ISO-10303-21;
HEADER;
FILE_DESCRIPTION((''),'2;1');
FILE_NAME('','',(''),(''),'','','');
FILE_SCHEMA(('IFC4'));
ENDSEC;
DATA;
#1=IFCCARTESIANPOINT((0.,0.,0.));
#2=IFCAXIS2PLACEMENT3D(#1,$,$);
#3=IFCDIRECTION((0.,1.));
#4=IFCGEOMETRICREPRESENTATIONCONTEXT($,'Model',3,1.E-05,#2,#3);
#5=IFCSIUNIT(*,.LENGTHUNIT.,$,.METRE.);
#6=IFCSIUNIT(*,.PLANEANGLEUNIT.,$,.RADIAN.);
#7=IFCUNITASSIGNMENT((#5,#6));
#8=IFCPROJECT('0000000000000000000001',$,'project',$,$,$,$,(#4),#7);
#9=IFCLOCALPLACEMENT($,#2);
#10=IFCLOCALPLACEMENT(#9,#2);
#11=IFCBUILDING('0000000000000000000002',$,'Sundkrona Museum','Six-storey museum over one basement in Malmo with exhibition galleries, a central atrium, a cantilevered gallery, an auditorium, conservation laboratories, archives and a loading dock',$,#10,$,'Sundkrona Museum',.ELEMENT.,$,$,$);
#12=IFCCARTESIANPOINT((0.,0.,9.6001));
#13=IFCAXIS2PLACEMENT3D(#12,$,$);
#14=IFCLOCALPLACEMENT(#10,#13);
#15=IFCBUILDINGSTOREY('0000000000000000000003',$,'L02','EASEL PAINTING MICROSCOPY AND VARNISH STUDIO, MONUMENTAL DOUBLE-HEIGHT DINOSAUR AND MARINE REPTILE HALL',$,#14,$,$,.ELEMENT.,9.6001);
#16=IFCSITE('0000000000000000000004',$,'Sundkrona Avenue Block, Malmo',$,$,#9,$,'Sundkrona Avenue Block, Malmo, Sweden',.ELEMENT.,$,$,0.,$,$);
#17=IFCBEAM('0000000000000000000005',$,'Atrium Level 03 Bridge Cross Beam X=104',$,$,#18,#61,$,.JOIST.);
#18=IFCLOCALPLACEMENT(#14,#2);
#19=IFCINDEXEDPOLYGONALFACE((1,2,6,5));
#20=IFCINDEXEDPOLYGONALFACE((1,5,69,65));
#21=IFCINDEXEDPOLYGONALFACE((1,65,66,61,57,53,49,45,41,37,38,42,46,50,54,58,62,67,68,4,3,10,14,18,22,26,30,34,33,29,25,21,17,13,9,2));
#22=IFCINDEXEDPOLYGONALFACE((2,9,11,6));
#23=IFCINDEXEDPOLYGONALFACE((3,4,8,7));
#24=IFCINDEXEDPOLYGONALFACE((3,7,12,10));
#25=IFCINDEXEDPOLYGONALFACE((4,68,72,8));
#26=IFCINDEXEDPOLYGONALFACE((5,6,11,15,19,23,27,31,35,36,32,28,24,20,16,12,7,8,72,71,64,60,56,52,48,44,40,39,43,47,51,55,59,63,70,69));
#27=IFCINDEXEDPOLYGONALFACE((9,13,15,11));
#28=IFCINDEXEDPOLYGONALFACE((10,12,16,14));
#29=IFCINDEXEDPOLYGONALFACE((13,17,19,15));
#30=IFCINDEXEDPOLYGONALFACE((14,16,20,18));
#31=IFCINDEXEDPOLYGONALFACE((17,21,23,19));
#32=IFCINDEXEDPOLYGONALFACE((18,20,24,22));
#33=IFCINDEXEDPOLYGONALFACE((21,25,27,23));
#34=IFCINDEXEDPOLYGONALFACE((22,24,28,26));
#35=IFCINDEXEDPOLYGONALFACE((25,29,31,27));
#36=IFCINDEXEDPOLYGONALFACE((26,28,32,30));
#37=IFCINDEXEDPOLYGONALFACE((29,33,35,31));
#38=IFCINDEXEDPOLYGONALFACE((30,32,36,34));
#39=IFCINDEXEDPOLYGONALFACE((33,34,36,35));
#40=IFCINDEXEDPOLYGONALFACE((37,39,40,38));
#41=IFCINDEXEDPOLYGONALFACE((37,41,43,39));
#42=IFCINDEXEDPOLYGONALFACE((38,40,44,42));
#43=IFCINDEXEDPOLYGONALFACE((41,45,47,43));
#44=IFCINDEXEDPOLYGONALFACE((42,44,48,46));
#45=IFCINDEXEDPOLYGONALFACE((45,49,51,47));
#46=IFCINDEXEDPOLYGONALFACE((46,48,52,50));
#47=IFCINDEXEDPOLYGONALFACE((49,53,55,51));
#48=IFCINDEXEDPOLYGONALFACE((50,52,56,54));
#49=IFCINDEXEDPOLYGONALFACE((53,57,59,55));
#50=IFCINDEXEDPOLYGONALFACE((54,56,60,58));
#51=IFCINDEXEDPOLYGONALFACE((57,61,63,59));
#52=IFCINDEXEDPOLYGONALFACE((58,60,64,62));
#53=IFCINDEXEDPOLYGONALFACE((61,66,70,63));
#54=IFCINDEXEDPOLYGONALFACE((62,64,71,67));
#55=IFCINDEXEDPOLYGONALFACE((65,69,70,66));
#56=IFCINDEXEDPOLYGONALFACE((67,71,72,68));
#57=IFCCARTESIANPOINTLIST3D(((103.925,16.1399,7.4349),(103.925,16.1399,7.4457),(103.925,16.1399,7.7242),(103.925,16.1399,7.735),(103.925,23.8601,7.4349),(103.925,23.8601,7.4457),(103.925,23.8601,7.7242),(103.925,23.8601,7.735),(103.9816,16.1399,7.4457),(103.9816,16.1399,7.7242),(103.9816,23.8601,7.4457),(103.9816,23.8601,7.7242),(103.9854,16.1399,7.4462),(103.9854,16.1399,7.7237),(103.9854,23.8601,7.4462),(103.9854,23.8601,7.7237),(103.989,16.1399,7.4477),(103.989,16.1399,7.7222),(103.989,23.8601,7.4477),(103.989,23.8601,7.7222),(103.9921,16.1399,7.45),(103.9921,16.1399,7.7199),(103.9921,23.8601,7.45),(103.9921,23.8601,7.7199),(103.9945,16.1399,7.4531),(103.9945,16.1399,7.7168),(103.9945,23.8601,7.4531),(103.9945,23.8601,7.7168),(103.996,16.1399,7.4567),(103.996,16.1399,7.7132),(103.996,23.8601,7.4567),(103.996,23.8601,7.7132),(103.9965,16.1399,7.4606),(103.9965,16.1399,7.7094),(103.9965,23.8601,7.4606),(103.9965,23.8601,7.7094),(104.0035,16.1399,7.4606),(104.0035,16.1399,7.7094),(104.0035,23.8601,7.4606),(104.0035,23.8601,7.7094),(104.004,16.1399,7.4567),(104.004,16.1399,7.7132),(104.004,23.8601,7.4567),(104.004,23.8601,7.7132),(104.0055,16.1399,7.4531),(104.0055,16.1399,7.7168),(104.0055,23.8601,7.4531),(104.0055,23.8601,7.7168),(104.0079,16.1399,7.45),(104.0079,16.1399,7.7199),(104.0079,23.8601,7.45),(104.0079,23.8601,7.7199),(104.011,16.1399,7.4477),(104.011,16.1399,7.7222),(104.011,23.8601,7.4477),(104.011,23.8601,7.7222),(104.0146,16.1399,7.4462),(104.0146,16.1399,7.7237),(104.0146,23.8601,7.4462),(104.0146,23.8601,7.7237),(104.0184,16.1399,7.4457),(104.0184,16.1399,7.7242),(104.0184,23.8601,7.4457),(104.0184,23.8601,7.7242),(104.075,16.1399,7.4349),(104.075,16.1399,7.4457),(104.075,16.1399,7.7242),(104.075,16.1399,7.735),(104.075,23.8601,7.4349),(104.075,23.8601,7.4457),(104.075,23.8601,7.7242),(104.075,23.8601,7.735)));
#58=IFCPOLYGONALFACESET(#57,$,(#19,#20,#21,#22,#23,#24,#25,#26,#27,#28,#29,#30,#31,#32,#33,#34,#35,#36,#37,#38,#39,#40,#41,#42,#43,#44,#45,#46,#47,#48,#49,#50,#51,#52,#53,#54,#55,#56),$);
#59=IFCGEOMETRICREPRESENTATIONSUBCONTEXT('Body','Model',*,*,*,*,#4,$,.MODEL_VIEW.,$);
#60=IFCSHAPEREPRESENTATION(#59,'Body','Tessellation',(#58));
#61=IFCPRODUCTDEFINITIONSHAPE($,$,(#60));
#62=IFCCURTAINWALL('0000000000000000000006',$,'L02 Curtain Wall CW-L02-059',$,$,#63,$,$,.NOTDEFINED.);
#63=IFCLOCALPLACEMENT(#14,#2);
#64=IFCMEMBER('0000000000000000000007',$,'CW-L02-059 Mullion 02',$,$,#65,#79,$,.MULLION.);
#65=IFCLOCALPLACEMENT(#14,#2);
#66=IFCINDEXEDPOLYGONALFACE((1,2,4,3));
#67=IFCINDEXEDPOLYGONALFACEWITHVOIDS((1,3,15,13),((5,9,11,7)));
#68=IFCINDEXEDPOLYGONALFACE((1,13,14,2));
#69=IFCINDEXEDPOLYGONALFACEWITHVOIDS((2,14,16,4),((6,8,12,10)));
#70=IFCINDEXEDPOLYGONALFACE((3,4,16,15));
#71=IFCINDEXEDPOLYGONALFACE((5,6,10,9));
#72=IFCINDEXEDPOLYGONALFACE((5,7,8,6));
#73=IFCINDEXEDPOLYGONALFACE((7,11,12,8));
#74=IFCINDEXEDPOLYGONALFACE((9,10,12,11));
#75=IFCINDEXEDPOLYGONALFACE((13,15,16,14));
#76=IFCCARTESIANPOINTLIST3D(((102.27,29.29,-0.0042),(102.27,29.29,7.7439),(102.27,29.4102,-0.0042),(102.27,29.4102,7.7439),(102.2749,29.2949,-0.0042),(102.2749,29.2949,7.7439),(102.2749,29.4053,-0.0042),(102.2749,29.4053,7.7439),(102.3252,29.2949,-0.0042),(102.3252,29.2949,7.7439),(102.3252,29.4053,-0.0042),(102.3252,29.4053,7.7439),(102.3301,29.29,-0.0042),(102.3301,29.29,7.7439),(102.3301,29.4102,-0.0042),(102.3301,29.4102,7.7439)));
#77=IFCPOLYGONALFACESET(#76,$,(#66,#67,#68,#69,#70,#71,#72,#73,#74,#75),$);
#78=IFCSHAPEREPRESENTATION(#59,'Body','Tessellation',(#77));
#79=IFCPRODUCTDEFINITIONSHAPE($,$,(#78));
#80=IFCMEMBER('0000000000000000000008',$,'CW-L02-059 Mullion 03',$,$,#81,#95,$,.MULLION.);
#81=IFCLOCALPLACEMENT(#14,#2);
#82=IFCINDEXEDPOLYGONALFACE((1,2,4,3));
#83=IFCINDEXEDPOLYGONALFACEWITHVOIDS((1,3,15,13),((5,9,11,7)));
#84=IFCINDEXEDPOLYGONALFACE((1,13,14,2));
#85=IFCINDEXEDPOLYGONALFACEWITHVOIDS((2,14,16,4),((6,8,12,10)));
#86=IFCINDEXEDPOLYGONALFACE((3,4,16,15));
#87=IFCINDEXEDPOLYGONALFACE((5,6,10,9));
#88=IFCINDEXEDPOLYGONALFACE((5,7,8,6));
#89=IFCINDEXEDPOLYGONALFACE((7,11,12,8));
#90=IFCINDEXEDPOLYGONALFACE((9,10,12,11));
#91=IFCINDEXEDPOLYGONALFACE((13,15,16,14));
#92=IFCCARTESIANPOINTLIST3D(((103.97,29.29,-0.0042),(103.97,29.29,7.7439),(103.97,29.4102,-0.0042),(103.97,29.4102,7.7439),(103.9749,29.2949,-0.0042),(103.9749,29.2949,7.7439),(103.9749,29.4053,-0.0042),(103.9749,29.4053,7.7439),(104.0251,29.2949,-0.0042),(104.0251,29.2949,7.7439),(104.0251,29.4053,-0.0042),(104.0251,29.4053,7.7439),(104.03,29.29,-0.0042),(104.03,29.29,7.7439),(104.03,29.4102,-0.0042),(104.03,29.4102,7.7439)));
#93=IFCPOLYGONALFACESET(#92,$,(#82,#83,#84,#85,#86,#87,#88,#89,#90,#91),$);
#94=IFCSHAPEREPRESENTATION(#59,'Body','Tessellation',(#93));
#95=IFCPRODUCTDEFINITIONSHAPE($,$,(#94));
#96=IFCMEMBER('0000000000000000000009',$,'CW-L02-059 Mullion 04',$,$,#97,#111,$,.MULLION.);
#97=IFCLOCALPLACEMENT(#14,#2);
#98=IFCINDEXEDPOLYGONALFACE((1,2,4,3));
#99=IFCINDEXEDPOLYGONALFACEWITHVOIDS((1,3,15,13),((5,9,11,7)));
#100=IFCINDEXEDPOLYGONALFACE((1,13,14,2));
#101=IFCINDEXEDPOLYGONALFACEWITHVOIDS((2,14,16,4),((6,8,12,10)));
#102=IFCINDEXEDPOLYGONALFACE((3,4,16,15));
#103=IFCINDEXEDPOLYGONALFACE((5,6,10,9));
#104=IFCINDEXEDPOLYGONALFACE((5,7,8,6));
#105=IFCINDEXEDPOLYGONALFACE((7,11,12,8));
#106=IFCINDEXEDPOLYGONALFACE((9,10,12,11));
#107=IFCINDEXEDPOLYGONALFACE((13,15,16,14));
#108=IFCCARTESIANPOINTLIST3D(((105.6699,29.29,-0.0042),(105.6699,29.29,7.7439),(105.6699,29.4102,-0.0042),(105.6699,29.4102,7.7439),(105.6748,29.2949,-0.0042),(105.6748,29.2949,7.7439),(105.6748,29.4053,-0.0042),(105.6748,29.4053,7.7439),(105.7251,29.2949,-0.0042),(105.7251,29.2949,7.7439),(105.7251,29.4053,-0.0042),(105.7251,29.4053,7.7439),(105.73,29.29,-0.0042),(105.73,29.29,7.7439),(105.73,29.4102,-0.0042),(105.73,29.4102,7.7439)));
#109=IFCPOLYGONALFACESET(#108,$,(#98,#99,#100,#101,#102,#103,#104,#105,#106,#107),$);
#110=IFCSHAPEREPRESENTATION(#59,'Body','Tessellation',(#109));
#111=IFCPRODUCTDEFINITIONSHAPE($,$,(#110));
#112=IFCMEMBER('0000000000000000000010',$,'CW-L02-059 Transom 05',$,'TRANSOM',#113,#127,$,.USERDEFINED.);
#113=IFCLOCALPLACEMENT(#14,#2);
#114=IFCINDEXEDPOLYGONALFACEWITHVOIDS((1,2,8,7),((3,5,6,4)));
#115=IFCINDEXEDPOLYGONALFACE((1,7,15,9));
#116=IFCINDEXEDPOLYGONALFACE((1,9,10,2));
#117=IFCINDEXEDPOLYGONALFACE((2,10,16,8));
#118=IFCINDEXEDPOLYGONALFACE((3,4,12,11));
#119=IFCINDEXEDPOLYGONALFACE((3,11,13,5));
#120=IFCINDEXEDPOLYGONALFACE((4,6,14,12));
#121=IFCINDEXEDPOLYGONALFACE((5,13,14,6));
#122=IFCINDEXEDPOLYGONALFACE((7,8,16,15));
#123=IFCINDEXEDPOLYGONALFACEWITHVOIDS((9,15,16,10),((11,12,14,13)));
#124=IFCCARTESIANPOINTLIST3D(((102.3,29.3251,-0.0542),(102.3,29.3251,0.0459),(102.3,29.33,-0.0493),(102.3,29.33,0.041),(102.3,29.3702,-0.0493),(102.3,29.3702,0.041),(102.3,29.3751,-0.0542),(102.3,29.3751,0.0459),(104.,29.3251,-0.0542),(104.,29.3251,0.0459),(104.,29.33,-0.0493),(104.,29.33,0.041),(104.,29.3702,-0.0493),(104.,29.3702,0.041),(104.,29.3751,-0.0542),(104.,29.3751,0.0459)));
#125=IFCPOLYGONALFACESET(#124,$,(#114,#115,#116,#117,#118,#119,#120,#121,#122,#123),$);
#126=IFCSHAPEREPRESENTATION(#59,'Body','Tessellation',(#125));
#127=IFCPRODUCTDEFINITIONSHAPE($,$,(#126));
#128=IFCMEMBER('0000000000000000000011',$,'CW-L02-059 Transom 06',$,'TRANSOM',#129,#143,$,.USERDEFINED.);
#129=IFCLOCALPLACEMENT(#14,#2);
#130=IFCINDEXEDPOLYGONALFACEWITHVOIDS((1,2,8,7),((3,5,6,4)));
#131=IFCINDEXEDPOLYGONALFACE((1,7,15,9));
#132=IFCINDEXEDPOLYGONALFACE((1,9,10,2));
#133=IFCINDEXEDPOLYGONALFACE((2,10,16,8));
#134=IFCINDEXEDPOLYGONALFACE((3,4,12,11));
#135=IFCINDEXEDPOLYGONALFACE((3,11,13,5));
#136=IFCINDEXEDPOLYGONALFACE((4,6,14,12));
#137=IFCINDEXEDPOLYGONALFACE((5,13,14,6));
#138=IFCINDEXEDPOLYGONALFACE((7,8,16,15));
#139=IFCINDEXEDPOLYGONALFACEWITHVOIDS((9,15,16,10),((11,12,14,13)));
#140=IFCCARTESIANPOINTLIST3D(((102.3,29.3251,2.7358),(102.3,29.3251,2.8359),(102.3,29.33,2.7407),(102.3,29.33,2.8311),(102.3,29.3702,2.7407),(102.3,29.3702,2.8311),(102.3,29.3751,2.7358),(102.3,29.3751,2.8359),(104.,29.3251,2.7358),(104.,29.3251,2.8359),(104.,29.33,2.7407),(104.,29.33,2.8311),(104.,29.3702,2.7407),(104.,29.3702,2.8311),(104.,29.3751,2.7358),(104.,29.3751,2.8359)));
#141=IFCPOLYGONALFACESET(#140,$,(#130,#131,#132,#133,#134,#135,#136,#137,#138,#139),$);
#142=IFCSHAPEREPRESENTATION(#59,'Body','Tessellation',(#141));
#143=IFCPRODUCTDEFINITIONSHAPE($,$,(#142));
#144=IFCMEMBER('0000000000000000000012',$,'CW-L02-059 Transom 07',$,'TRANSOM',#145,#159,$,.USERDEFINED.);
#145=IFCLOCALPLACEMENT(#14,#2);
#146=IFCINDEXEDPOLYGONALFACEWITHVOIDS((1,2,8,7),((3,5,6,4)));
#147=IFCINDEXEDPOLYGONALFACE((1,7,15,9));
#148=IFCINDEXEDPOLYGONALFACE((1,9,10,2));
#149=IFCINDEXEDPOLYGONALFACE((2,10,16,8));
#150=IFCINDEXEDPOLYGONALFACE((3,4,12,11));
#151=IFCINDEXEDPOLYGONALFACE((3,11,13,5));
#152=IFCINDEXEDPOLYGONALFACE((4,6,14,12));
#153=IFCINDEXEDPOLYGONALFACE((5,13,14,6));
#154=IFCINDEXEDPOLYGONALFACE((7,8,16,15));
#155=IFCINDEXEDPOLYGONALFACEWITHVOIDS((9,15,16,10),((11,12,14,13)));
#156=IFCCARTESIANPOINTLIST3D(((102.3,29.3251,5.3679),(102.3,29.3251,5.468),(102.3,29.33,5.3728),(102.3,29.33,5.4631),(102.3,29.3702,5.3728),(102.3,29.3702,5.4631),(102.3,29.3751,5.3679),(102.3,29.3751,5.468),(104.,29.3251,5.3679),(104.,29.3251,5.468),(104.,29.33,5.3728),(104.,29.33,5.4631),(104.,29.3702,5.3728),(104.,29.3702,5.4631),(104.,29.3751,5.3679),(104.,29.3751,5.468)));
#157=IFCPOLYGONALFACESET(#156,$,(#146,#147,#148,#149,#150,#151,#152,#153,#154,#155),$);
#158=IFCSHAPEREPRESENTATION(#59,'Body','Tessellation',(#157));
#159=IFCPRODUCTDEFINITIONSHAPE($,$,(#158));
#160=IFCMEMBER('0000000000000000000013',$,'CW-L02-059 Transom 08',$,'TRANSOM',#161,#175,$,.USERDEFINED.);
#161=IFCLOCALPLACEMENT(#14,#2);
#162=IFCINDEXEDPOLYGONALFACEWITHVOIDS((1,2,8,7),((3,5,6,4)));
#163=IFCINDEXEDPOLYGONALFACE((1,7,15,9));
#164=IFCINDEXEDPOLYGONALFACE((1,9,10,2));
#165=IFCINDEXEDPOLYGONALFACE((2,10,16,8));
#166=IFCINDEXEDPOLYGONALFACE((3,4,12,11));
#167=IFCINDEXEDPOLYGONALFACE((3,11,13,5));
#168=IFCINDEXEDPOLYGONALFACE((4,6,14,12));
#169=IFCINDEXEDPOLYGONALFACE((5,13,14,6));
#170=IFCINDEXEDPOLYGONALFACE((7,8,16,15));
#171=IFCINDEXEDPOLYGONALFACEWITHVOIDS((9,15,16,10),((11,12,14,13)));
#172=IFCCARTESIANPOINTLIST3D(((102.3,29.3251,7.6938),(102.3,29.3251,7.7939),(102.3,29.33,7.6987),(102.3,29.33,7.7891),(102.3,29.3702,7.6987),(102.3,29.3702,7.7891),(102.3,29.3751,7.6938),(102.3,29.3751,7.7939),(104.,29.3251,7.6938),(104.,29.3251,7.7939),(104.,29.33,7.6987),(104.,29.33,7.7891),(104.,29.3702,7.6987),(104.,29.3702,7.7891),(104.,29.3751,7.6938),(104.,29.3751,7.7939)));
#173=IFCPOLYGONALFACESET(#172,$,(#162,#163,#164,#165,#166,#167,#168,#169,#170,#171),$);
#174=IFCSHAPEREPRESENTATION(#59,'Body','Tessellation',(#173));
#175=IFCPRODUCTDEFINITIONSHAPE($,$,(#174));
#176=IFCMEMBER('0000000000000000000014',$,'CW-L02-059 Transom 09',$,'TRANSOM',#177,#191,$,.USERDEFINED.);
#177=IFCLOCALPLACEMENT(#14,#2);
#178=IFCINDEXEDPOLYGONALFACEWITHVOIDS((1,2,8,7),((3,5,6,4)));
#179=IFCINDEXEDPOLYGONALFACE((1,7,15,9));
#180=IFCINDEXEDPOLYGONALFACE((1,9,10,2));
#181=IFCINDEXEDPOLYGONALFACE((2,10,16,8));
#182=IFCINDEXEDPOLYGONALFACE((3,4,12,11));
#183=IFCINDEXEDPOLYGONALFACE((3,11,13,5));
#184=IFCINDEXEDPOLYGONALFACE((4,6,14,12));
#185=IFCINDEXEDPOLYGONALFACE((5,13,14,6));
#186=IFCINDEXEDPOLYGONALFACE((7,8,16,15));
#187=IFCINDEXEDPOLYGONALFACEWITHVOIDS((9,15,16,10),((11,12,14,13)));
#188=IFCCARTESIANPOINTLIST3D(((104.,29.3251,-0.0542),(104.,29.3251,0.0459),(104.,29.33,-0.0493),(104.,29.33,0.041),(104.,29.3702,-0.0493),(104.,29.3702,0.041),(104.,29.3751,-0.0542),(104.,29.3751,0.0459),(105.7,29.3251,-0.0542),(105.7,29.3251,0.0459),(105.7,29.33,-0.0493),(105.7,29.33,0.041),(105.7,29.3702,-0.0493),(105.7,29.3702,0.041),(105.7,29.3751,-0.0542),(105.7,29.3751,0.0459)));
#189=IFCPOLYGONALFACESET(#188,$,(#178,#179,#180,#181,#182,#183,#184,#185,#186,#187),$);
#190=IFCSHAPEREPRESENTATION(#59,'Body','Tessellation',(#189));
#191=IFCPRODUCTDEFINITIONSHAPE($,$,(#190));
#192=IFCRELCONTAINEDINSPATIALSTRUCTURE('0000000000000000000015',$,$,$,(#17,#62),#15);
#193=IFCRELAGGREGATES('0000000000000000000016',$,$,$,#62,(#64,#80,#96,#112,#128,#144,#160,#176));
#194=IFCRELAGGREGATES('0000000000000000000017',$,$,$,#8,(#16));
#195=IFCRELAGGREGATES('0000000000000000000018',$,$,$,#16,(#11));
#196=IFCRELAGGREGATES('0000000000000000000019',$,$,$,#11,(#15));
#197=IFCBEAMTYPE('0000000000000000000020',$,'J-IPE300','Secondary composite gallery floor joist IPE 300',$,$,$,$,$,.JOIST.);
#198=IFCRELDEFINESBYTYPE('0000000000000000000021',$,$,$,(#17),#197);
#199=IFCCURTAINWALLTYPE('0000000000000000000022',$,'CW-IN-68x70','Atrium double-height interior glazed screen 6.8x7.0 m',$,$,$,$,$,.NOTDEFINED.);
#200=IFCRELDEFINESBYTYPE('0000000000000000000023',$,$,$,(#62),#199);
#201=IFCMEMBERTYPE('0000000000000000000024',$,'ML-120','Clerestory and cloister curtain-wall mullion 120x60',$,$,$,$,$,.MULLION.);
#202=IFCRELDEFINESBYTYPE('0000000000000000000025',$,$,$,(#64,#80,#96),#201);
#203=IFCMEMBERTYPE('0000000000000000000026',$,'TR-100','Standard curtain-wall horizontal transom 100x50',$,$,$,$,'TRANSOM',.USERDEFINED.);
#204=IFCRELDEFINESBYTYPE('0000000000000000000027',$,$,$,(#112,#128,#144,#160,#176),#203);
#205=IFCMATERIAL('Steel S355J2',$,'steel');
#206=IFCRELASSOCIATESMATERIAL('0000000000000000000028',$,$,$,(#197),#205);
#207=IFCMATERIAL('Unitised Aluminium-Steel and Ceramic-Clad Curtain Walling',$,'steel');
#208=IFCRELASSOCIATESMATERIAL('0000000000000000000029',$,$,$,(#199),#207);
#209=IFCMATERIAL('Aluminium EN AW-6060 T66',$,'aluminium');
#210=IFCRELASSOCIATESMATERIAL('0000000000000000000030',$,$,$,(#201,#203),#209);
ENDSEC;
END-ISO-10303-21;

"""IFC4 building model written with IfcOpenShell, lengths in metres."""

from ifc_helpers import new_model, si_unit, direction, frame, origin, origin_2d, place, context, subcontext, project, spatial, hollow_rectangle, i_section, extrude, material, material_profile, profile_set, type_object, element, aggregate, save


model = new_model("IFC4")

# Units and contexts
model_context = context("Model", 3, precision=1e-05, world=origin(), true_north=direction((0.0, 1.0)))
body_context = subcontext(model_context, "Body", "Model", "MODEL_VIEW")
ifc_project = project(units=[si_unit("LENGTHUNIT", "METRE"), si_unit("PLANEANGLEUNIT", "RADIAN")], contexts=[model_context])

# Site, building, storey
site_placement = place(None, origin())
site = spatial("IfcSite", under=ifc_project, at=site_placement, Name="Sundkrona Avenue Block, Malmo", LongName="Sundkrona Avenue Block, Malmo, Sweden", CompositionType="ELEMENT", RefElevation=0.0)
building_placement = place(site_placement, origin())
building = spatial("IfcBuilding", under=site, at=building_placement, Name="Sundkrona Museum", Description="Six-storey museum over one basement in Malmo with exhibition galleries, a central atrium, a cantilevered gallery, an auditorium, conservation laboratories, archives and a loading dock", LongName="Sundkrona Museum", CompositionType="ELEMENT")
storey_placement = place(building_placement, frame((0.0, 0.0, 9.6001)))
storey = spatial("IfcBuildingStorey", under=building, at=storey_placement, Name="L02", Description="EASEL PAINTING MICROSCOPY AND VARNISH STUDIO, MONUMENTAL DOUBLE-HEIGHT DINOSAUR AND MARINE REPTILE HALL", CompositionType="ELEMENT", Elevation=9.6001)

# Beam
ifc_material_1 = material(Name="Steel S355J2", Category="steel")
ifc_material_profile_1 = material_profile(ifc_material_1, i_section(OverallWidth=0.1499, OverallDepth=0.3, WebThickness=0.0071, FlangeThickness=0.0107, FilletRadius=0.0149, at=origin_2d()), Name="IPE 300")
ifc_profile_set_1 = profile_set([ifc_material_profile_1], Name="Steel S355J2")
beam_type = type_object("IfcBeamType", Name="J-IPE300", Description="Secondary composite gallery floor joist IPE 300", PredefinedType="JOIST", material=ifc_profile_set_1)
beam_placement = place(storey_placement, frame((104.0, 16.1399, 7.585), z_axis=(0.0, 1.0, 0.0), x_axis=(-1.0, 0.0, 0.0)))
element("IfcBeam", 1, at=beam_placement, inside=storey, type_object=beam_type, Name="Atrium Level 03 Bridge Cross Beam X=104", PredefinedType="JOIST", context=body_context, shape_type="SweptSolid", body=[
    extrude(i_section(OverallWidth=0.1499, OverallDepth=0.3, WebThickness=0.0071, FlangeThickness=0.0107, FilletRadius=0.0149, at=origin_2d()), origin(), (0.0, 0.0, 1.0), 7.7202),
])

# Curtain wall, members
ifc_material_2 = material(Name="Unitised Aluminium-Steel and Ceramic-Clad Curtain Walling", Category="steel")
curtain_wall_type = type_object("IfcCurtainWallType", Name="CW-IN-68x70", Description="Atrium double-height interior glazed screen 6.8x7.0 m", PredefinedType="NOTDEFINED", material=ifc_material_2)
curtain_wall_placement = place(storey_placement, origin())
curtain_wall = element("IfcCurtainWall", 2, at=curtain_wall_placement, inside=storey, type_object=curtain_wall_type, Name="L02 Curtain Wall CW-L02-059", PredefinedType="NOTDEFINED")
ifc_material_3 = material(Name="Aluminium EN AW-6060 T66", Category="aluminium")
ifc_material_profile_2 = material_profile(ifc_material_3, hollow_rectangle(XDim=0.0601, YDim=0.1201, WallThickness=0.0049, at=origin_2d()), Name="RHS 120x60x5.0")
ifc_profile_set_2 = profile_set([ifc_material_profile_2], Name="Aluminium EN AW-6060 T66")
member_type_1 = type_object("IfcMemberType", Name="ML-120", Description="Clerestory and cloister curtain-wall mullion 120x60", PredefinedType="MULLION", material=ifc_profile_set_2)
member_1_placement = place(storey_placement, frame((102.3, 29.3501, -0.0042), z_axis=(0.0, 0.0, 1.0), x_axis=(1.0, 0.0, 0.0)))
member_1 = element("IfcMember", 3, at=member_1_placement, type_object=member_type_1, Name="CW-L02-059 Mullion 02", PredefinedType="MULLION", context=body_context, shape_type="SweptSolid", body=[
    extrude(hollow_rectangle(XDim=0.0601, YDim=0.1201, WallThickness=0.0049, at=origin_2d()), origin(), (0.0, 0.0, 1.0), 7.748),
])
member_2_placement = place(storey_placement, frame((104.0, 29.3501, -0.0042), z_axis=(0.0, 0.0, 1.0), x_axis=(1.0, 0.0, 0.0)))
member_2 = element("IfcMember", 4, at=member_2_placement, type_object=member_type_1, Name="CW-L02-059 Mullion 03", PredefinedType="MULLION", context=body_context, shape_type="SweptSolid", body=[
    extrude(hollow_rectangle(XDim=0.0601, YDim=0.1201, WallThickness=0.0049, at=origin_2d()), origin(), (0.0, 0.0, 1.0), 7.748),
])
member_3_placement = place(storey_placement, frame((105.7, 29.3501, -0.0042), z_axis=(0.0, 0.0, 1.0), x_axis=(1.0, 0.0, 0.0)))
member_3 = element("IfcMember", 5, at=member_3_placement, type_object=member_type_1, Name="CW-L02-059 Mullion 04", PredefinedType="MULLION", context=body_context, shape_type="SweptSolid", body=[
    extrude(hollow_rectangle(XDim=0.0601, YDim=0.1201, WallThickness=0.0049, at=origin_2d()), origin(), (0.0, 0.0, 1.0), 7.748),
])
ifc_material_profile_3 = material_profile(ifc_material_3, hollow_rectangle(XDim=0.05, YDim=0.1001, WallThickness=0.0049, at=origin_2d()), Name="RHS 100x50x5.0")
ifc_profile_set_3 = profile_set([ifc_material_profile_3], Name="Aluminium EN AW-6060 T66")
member_type_2 = type_object("IfcMemberType", Name="TR-100", Description="Standard curtain-wall horizontal transom 100x50", ElementType="TRANSOM", PredefinedType="USERDEFINED", material=ifc_profile_set_3)
member_4_placement = place(storey_placement, frame((102.3, 29.3501, -0.0042), z_axis=(1.0, 0.0, 0.0), x_axis=(0.0, 1.0, 0.0)))
member_4 = element("IfcMember", 6, at=member_4_placement, type_object=member_type_2, Name="CW-L02-059 Transom 05", ObjectType="TRANSOM", PredefinedType="USERDEFINED", context=body_context, shape_type="SweptSolid", body=[
    extrude(hollow_rectangle(XDim=0.05, YDim=0.1001, WallThickness=0.0049, at=origin_2d()), origin(), (0.0, 0.0, 1.0), 1.7),
])
member_5_placement = place(storey_placement, frame((102.3, 29.3501, 2.7859), z_axis=(1.0, 0.0, 0.0), x_axis=(0.0, 1.0, 0.0)))
member_5 = element("IfcMember", 7, at=member_5_placement, type_object=member_type_2, Name="CW-L02-059 Transom 06", ObjectType="TRANSOM", PredefinedType="USERDEFINED", context=body_context, shape_type="SweptSolid", body=[
    extrude(hollow_rectangle(XDim=0.05, YDim=0.1001, WallThickness=0.0049, at=origin_2d()), origin(), (0.0, 0.0, 1.0), 1.7),
])
member_6_placement = place(storey_placement, frame((102.3, 29.3501, 5.418), z_axis=(1.0, 0.0, 0.0), x_axis=(0.0, 1.0, 0.0)))
member_6 = element("IfcMember", 8, at=member_6_placement, type_object=member_type_2, Name="CW-L02-059 Transom 07", ObjectType="TRANSOM", PredefinedType="USERDEFINED", context=body_context, shape_type="SweptSolid", body=[
    extrude(hollow_rectangle(XDim=0.05, YDim=0.1001, WallThickness=0.0049, at=origin_2d()), origin(), (0.0, 0.0, 1.0), 1.7),
])
member_7_placement = place(storey_placement, frame((102.3, 29.3501, 7.7439), z_axis=(1.0, 0.0, 0.0), x_axis=(0.0, 1.0, 0.0)))
member_7 = element("IfcMember", 9, at=member_7_placement, type_object=member_type_2, Name="CW-L02-059 Transom 08", ObjectType="TRANSOM", PredefinedType="USERDEFINED", context=body_context, shape_type="SweptSolid", body=[
    extrude(hollow_rectangle(XDim=0.05, YDim=0.1001, WallThickness=0.0049, at=origin_2d()), origin(), (0.0, 0.0, 1.0), 1.7),
])
member_8_placement = place(storey_placement, frame((104.0, 29.3501, -0.0042), z_axis=(1.0, 0.0, 0.0), x_axis=(0.0, 1.0, 0.0)))
member_8 = element("IfcMember", 10, at=member_8_placement, type_object=member_type_2, Name="CW-L02-059 Transom 09", ObjectType="TRANSOM", PredefinedType="USERDEFINED", context=body_context, shape_type="SweptSolid", body=[
    extrude(hollow_rectangle(XDim=0.05, YDim=0.1001, WallThickness=0.0049, at=origin_2d()), origin(), (0.0, 0.0, 1.0), 1.7),
])
aggregate(curtain_wall, [member_1, member_2, member_3, member_4, member_5, member_6, member_7, member_8])

save(model, "model.ifc")
